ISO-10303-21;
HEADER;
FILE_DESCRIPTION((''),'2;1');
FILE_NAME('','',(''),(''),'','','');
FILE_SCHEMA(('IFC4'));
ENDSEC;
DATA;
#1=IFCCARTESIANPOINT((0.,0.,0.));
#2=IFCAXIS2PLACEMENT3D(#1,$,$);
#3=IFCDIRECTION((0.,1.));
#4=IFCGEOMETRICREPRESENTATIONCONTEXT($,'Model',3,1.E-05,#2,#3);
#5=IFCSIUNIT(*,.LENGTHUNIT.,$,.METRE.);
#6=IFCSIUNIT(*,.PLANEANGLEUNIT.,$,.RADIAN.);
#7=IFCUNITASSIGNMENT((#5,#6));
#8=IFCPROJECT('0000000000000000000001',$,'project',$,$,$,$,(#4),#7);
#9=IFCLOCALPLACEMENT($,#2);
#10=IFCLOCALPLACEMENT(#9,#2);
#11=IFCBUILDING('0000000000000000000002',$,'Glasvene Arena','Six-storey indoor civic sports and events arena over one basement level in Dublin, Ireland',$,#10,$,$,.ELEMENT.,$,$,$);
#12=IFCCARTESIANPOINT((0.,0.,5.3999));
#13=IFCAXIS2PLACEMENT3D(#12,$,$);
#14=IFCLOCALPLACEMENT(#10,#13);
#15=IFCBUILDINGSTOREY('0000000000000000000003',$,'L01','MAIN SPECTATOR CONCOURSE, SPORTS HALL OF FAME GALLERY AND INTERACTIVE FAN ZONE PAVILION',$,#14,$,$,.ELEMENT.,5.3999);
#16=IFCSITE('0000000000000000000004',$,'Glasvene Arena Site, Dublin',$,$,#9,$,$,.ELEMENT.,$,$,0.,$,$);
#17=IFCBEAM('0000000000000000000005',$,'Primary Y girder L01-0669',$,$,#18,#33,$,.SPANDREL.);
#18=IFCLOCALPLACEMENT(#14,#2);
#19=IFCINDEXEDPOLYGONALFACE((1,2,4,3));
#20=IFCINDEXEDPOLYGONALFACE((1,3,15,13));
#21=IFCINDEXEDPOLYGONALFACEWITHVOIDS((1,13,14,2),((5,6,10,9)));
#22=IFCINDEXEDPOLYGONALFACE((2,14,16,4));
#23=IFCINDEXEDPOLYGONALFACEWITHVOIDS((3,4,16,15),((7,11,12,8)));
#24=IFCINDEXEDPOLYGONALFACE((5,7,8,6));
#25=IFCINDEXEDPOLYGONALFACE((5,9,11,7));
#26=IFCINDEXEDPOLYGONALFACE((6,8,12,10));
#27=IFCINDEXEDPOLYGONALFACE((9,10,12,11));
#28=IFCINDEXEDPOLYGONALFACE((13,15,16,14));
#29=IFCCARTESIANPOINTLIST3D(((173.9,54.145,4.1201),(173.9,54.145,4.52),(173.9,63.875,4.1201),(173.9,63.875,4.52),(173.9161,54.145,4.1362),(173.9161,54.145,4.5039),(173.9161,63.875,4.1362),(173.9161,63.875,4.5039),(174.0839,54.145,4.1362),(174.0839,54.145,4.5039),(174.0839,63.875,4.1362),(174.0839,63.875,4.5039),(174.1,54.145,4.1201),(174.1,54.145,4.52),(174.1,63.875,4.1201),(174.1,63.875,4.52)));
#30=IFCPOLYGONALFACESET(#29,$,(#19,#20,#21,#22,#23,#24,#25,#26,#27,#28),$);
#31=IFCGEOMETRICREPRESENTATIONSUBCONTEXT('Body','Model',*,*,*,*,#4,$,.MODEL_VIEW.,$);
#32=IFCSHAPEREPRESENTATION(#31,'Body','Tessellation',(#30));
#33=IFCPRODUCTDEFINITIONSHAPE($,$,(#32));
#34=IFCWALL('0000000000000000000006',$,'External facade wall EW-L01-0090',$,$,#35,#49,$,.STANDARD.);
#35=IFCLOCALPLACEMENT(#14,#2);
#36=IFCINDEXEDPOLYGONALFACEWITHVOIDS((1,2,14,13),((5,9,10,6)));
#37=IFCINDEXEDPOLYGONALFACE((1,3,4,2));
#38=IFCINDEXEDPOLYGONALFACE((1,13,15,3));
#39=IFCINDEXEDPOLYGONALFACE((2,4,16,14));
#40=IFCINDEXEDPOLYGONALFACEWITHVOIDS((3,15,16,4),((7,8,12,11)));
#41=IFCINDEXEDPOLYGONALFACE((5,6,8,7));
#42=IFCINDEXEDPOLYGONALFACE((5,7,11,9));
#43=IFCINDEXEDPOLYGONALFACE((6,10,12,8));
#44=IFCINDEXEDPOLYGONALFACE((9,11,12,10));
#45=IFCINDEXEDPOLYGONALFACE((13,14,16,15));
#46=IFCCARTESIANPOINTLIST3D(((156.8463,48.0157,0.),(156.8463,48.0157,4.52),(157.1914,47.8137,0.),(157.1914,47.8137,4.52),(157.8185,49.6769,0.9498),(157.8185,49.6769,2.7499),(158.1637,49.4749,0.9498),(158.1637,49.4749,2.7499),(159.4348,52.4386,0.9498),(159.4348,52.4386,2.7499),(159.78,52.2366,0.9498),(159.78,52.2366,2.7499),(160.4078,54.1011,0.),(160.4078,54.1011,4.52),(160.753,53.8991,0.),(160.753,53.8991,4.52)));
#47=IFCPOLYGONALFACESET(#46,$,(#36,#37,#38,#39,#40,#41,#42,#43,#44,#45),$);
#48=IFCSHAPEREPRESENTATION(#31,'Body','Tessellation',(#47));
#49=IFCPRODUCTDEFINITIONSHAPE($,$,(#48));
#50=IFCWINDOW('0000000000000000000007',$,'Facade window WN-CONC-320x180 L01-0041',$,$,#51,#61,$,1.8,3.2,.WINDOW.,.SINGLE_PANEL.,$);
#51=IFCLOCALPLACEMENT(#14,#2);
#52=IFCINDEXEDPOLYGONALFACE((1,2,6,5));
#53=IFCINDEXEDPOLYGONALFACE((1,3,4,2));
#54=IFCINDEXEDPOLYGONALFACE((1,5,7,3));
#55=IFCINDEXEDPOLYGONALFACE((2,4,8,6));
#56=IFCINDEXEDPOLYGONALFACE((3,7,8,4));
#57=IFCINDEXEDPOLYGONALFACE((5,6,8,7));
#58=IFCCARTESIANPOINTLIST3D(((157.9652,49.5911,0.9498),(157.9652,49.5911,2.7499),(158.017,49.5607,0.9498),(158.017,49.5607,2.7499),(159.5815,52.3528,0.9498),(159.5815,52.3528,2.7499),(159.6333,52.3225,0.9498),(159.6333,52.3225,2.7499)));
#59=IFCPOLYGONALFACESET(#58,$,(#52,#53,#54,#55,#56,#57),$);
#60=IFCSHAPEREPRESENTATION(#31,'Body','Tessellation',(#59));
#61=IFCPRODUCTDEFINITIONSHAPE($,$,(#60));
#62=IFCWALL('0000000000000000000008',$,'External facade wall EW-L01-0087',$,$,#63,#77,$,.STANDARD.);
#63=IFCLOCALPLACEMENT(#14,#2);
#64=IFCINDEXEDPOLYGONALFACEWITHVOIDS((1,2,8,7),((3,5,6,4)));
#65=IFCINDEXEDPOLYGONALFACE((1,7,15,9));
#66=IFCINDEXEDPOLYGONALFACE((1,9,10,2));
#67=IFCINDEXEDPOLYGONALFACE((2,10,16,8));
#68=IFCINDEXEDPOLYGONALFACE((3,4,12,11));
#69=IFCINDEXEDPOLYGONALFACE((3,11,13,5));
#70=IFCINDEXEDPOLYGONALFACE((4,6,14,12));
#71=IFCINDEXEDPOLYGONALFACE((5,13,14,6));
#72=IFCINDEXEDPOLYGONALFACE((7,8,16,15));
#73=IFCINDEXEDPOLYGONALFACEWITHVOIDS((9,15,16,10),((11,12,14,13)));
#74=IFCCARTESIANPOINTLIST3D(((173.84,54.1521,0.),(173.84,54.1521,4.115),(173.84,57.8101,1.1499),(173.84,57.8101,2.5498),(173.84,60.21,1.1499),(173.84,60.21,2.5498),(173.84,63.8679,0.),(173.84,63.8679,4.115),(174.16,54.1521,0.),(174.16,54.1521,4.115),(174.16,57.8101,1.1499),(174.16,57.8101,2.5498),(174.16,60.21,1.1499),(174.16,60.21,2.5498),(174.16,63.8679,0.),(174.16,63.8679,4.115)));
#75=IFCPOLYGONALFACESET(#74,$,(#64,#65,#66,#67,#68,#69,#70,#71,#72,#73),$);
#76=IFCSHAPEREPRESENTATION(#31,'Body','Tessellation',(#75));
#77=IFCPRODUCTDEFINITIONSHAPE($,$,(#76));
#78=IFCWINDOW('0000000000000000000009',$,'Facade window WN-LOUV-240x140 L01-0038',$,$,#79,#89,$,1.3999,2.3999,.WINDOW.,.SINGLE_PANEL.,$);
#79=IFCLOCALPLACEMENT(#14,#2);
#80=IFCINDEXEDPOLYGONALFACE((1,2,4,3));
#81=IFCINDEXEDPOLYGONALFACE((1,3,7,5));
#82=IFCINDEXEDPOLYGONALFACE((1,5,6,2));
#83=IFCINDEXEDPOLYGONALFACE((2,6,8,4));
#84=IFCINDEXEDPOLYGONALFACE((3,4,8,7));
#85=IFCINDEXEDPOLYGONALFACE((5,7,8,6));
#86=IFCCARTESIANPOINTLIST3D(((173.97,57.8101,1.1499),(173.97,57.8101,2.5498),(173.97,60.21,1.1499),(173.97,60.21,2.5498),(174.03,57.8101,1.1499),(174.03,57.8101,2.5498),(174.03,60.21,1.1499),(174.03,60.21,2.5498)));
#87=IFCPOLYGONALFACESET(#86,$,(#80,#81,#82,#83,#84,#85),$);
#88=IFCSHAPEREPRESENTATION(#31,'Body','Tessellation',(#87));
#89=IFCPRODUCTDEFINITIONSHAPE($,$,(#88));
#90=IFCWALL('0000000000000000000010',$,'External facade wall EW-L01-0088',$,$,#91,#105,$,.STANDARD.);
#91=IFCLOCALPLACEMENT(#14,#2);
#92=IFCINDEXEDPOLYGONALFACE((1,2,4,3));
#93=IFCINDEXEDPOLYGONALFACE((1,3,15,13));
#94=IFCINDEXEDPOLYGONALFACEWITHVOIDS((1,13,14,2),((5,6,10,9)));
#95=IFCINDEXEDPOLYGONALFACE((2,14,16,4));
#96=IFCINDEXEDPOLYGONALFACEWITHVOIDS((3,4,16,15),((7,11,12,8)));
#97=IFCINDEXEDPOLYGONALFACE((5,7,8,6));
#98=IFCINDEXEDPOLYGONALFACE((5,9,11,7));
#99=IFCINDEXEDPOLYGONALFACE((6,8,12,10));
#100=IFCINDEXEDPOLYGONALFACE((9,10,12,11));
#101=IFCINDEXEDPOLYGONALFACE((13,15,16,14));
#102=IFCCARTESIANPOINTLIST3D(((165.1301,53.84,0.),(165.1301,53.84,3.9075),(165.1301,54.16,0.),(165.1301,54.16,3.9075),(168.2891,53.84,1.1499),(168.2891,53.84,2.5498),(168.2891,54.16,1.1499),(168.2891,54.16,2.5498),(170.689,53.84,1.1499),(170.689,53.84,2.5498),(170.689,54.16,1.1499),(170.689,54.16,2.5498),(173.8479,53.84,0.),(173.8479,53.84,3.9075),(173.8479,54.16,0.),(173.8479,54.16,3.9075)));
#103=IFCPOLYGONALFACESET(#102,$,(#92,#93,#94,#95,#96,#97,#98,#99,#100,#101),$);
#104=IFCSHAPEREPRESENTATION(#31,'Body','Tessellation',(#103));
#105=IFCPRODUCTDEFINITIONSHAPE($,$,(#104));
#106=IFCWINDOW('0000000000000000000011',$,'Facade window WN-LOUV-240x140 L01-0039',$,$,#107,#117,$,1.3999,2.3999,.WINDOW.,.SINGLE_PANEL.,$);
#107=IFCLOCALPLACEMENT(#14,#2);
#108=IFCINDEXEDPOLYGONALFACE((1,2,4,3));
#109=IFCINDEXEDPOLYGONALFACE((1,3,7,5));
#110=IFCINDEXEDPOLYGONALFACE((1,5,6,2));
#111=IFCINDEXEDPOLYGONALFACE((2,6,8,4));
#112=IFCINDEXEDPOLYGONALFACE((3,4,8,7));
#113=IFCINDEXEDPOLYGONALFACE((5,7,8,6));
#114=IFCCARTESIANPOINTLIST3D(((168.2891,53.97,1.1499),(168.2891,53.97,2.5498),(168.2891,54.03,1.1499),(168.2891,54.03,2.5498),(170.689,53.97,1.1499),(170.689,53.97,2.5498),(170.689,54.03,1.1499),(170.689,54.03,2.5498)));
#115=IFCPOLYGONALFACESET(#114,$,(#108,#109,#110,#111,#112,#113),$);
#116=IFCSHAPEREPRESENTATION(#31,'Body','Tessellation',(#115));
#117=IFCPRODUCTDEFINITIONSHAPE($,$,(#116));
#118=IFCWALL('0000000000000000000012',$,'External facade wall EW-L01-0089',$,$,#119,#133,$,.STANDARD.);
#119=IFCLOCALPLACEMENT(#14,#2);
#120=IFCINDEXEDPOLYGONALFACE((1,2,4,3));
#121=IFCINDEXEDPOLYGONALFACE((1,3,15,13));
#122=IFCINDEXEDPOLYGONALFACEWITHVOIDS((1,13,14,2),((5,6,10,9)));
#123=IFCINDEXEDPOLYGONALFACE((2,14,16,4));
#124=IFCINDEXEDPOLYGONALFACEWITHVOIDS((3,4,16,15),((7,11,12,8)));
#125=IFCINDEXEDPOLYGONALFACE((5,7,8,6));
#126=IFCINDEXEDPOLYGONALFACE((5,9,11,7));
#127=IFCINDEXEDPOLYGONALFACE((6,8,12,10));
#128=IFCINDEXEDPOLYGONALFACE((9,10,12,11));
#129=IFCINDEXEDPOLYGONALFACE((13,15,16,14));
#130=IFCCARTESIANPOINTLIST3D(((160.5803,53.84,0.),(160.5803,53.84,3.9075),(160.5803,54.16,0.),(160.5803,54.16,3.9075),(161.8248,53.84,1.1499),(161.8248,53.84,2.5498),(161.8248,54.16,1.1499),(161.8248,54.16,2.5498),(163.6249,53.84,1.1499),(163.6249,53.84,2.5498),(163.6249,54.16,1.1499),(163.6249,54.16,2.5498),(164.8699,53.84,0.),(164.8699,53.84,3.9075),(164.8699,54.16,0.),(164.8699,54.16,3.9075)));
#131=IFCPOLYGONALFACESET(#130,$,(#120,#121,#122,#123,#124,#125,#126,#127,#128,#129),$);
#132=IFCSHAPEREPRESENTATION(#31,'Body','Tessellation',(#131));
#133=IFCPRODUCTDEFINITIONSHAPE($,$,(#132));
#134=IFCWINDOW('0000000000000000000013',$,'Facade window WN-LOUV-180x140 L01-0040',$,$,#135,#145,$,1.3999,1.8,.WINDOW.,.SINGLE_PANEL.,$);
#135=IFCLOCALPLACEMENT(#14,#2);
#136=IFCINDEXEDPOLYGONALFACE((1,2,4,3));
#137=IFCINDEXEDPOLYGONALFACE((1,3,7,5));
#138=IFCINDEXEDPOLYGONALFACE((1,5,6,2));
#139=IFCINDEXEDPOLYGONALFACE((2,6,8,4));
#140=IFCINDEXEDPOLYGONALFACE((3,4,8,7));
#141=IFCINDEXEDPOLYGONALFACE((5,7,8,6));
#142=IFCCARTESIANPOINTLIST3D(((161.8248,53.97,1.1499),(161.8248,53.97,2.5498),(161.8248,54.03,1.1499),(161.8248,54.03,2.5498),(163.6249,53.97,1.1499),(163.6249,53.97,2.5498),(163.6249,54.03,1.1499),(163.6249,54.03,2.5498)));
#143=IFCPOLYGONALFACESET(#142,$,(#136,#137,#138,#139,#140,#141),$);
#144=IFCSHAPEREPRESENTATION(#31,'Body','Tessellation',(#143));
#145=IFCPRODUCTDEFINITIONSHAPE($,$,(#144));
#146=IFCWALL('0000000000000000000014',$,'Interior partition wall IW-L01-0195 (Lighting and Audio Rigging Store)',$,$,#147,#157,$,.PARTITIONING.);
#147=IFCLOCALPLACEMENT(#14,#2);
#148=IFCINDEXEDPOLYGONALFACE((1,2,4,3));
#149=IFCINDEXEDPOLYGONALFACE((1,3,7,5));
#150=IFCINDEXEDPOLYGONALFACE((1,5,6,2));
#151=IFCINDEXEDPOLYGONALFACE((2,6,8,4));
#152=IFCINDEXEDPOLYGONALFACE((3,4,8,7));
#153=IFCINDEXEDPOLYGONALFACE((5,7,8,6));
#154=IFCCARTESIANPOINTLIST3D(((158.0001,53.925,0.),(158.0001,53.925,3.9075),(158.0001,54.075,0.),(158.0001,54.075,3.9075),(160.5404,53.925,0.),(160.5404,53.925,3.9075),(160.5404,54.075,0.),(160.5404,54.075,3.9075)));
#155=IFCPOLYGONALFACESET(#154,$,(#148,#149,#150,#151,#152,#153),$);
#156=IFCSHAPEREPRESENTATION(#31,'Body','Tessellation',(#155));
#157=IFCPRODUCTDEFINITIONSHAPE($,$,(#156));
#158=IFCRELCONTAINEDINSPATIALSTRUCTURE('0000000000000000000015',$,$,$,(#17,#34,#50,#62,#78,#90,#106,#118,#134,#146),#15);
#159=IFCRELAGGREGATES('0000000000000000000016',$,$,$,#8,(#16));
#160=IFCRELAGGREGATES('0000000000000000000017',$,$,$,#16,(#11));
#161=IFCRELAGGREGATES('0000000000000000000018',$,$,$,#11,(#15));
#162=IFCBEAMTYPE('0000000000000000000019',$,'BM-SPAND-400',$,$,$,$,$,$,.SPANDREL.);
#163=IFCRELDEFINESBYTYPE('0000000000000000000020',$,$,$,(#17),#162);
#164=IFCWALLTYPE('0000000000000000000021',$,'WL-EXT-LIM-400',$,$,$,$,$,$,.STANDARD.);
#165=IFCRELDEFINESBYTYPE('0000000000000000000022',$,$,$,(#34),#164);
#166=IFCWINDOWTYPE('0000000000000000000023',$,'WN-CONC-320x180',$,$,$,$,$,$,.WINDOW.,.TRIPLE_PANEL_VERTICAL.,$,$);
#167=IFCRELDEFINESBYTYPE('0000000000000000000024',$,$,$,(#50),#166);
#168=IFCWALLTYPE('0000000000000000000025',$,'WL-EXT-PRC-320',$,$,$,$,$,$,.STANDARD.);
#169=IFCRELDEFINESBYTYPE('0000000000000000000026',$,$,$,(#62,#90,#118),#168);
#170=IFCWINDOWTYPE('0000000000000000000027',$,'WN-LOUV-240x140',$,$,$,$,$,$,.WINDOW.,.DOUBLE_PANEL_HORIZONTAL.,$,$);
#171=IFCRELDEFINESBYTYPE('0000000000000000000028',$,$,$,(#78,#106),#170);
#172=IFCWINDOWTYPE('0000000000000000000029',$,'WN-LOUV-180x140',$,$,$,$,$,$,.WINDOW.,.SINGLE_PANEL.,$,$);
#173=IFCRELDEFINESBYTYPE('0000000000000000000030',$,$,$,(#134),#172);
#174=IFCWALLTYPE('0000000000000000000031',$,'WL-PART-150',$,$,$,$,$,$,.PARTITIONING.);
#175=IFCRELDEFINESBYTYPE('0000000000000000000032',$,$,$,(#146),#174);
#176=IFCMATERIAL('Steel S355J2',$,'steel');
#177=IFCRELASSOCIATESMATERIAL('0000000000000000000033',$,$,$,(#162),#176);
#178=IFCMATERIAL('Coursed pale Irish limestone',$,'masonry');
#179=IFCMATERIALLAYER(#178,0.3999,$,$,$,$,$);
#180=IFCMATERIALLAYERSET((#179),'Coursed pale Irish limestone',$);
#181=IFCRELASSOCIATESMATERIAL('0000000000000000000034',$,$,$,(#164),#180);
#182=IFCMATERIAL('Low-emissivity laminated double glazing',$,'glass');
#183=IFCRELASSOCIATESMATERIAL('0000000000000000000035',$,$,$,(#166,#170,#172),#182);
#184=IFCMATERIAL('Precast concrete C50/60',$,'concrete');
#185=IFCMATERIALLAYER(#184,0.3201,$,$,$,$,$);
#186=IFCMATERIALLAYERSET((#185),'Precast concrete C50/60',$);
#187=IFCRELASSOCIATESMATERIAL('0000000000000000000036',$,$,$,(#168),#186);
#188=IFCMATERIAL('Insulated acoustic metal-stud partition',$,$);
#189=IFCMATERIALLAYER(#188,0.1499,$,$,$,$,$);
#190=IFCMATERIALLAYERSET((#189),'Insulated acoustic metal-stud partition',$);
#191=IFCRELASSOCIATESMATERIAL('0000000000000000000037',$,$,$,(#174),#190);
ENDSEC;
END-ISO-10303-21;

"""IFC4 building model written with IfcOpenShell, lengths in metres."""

from ifc_helpers import new_model, si_unit, direction, frame, frame_2d, origin, origin_2d, place, context, subcontext, project, spatial, rectangle, hollow_rectangle, extrude, material, layer, layer_set, material_profile, profile_set, type_object, element, fill, save


model = new_model("IFC4")

# Units and contexts
model_context = context("Model", 3, precision=1e-05, world=origin(), true_north=direction((0.0, 1.0)))
body_context = subcontext(model_context, "Body", "Model", "MODEL_VIEW")
ifc_project = project(units=[si_unit("LENGTHUNIT", "METRE"), si_unit("PLANEANGLEUNIT", "RADIAN")], contexts=[model_context])

# Site, building, storey
site_placement = place(None, origin())
site = spatial("IfcSite", under=ifc_project, at=site_placement, Name="Glasvene Arena Site, Dublin", CompositionType="ELEMENT", RefElevation=0.0)
building_placement = place(site_placement, origin())
building = spatial("IfcBuilding", under=site, at=building_placement, Name="Glasvene Arena", Description="Six-storey indoor civic sports and events arena over one basement level in Dublin, Ireland", CompositionType="ELEMENT")
storey_placement = place(building_placement, frame((0.0, 0.0, 5.3999)))
storey = spatial("IfcBuildingStorey", under=building, at=storey_placement, Name="L01", Description="MAIN SPECTATOR CONCOURSE, SPORTS HALL OF FAME GALLERY AND INTERACTIVE FAN ZONE PAVILION", CompositionType="ELEMENT", Elevation=5.3999)

# Shared definitions
ifc_material_1 = material(Name="Steel S355J2", Category="steel")

# Beam
ifc_material_profile_1 = material_profile(ifc_material_1, hollow_rectangle(XDim=0.2, YDim=0.3999, WallThickness=0.0161, at=origin_2d()), Name="RHS 400x200x16.0")
ifc_profile_set_1 = profile_set([ifc_material_profile_1], Name="Steel S355J2")
beam_type_1 = type_object("IfcBeamType", Name="BM-SPAND-400", PredefinedType="SPANDREL", material=ifc_profile_set_1)
beam_1_placement = place(storey_placement, frame((174.0, 54.145, 4.3201), z_axis=(0.0, 1.0, 0.0), x_axis=(-1.0, 0.0, 0.0)))
element("IfcBeam", 1, at=beam_1_placement, inside=storey, type_object=beam_type_1, Name="Primary Y girder L01-0669", PredefinedType="SPANDREL", context=body_context, shape_type="SweptSolid", body=[
    extrude(hollow_rectangle(XDim=0.2, YDim=0.3999, WallThickness=0.0161, at=origin_2d()), origin(), (0.0, 0.0, 1.0), 9.73),
])

# Walls, openings, windows
ifc_material_2 = material(Name="Coursed pale Irish limestone", Category="masonry")
ifc_layer_1 = layer(ifc_material_2, 0.3999)
ifc_layer_set_1 = layer_set([ifc_layer_1], Name="Coursed pale Irish limestone")
wall_type_1 = type_object("IfcWallType", Name="WL-EXT-LIM-400", PredefinedType="STANDARD", material=ifc_layer_set_1)
wall_1_placement = place(storey_placement, frame((160.5803, 54.0, 0.0), z_axis=(0.0, 0.0, 1.0), x_axis=(-0.505106, -0.863057, 0.0)))
wall_1 = element("IfcWall", 2, at=wall_1_placement, inside=storey, type_object=wall_type_1, Name="External facade wall EW-L01-0090", PredefinedType="STANDARD", context=body_context, shape_type="SweptSolid", body=[
    extrude(rectangle(XDim=7.051, YDim=0.3999, at=frame_2d((3.5254, 0.0))), origin(), (0.0, 0.0, 1.0), 4.52),
])
opening_1_placement = place(wall_1_placement, frame((1.926, 0.0, 0.95)))
opening_1 = element("IfcOpeningElement", 3, at=opening_1_placement, cuts=wall_1, PredefinedType="OPENING", context=body_context, shape_type="SweptSolid", body=[
    extrude(rectangle(XDim=3.2, YDim=1.8, at=frame_2d((1.6001, 0.8999))), frame((0.0, 0.21, 0.0), z_axis=(0.0, -1.0, 0.0), x_axis=(1.0, 0.0, 0.0)), (0.0, 0.0, 1.0), 0.4199),
])
ifc_material_3 = material(Name="Low-emissivity laminated double glazing", Category="glass")
window_type_1 = type_object("IfcWindowType", Name="WN-CONC-320x180", PartitioningType="TRIPLE_PANEL_VERTICAL", PredefinedType="WINDOW", material=ifc_material_3)
window_1_placement = place(opening_1_placement, origin())
window_1 = element("IfcWindow", 4, at=window_1_placement, inside=storey, type_object=window_type_1, Name="Facade window WN-CONC-320x180 L01-0041", OverallHeight=1.8, OverallWidth=3.2, PartitioningType="SINGLE_PANEL", PredefinedType="WINDOW", context=body_context, shape_type="SweptSolid", body=[
    extrude(rectangle(XDim=3.2, YDim=1.8, at=frame_2d((1.6001, 0.8999))), frame((0.0, 0.03, 0.0), z_axis=(0.0, -1.0, 0.0), x_axis=(1.0, 0.0, 0.0)), (0.0, 0.0, 1.0), 0.0601),
])
fill(opening_1, window_1)
ifc_material_4 = material(Name="Precast concrete C50/60", Category="concrete")
ifc_layer_2 = layer(ifc_material_4, 0.3201)
ifc_layer_set_2 = layer_set([ifc_layer_2], Name="Precast concrete C50/60")
wall_type_2 = type_object("IfcWallType", Name="WL-EXT-PRC-320", PredefinedType="STANDARD", material=ifc_layer_set_2)
wall_2_placement = place(storey_placement, frame((174.0, 63.8679, 0.0), z_axis=(0.0, 0.0, 1.0), x_axis=(0.0, -1.0, 0.0)))
wall_2 = element("IfcWall", 5, at=wall_2_placement, inside=storey, type_object=wall_type_2, Name="External facade wall EW-L01-0087", PredefinedType="STANDARD", context=body_context, shape_type="SweptSolid", body=[
    extrude(rectangle(XDim=9.7158, YDim=0.3201, at=frame_2d((4.8579, 0.0))), origin(), (0.0, 0.0, 1.0), 4.115),
])
opening_2_placement = place(wall_2_placement, frame((3.658, 0.0, 1.1499)))
opening_2 = element("IfcOpeningElement", 6, at=opening_2_placement, cuts=wall_2, PredefinedType="OPENING", context=body_context, shape_type="SweptSolid", body=[
    extrude(rectangle(XDim=2.3999, YDim=1.3999, at=frame_2d((1.2, 0.7))), frame((0.0, 0.1699, 0.0), z_axis=(0.0, -1.0, 0.0), x_axis=(1.0, 0.0, 0.0)), (0.0, 0.0, 1.0), 0.3401),
])
window_type_2 = type_object("IfcWindowType", Name="WN-LOUV-240x140", PartitioningType="DOUBLE_PANEL_HORIZONTAL", PredefinedType="WINDOW", material=ifc_material_3)
window_2_placement = place(opening_2_placement, origin())
window_2 = element("IfcWindow", 7, at=window_2_placement, inside=storey, type_object=window_type_2, Name="Facade window WN-LOUV-240x140 L01-0038", OverallHeight=1.3999, OverallWidth=2.3999, PartitioningType="SINGLE_PANEL", PredefinedType="WINDOW", context=body_context, shape_type="SweptSolid", body=[
    extrude(rectangle(XDim=2.3999, YDim=1.3999, at=frame_2d((1.2, 0.7))), frame((0.0, 0.03, 0.0), z_axis=(0.0, -1.0, 0.0), x_axis=(1.0, 0.0, 0.0)), (0.0, 0.0, 1.0), 0.0601),
])
fill(opening_2, window_2)
wall_3_placement = place(storey_placement, frame((173.8479, 54.0, 0.0), z_axis=(0.0, 0.0, 1.0), x_axis=(-1.0, 0.0, 0.0)))
wall_3 = element("IfcWall", 8, at=wall_3_placement, inside=storey, type_object=wall_type_2, Name="External facade wall EW-L01-0088", PredefinedType="STANDARD", context=body_context, shape_type="SweptSolid", body=[
    extrude(rectangle(XDim=8.7178, YDim=0.3201, at=frame_2d((4.3589, 0.0))), origin(), (0.0, 0.0, 1.0), 3.9075),
])
opening_3_placement = place(wall_3_placement, frame((3.1589, 0.0, 1.1499)))
opening_3 = element("IfcOpeningElement", 9, at=opening_3_placement, cuts=wall_3, PredefinedType="OPENING", context=body_context, shape_type="SweptSolid", body=[
    extrude(rectangle(XDim=2.3999, YDim=1.3999, at=frame_2d((1.2, 0.7))), frame((0.0, 0.1699, 0.0), z_axis=(0.0, -1.0, 0.0), x_axis=(1.0, 0.0, 0.0)), (0.0, 0.0, 1.0), 0.3401),
])
window_3_placement = place(opening_3_placement, origin())
window_3 = element("IfcWindow", 10, at=window_3_placement, inside=storey, type_object=window_type_2, Name="Facade window WN-LOUV-240x140 L01-0039", OverallHeight=1.3999, OverallWidth=2.3999, PartitioningType="SINGLE_PANEL", PredefinedType="WINDOW", context=body_context, shape_type="SweptSolid", body=[
    extrude(rectangle(XDim=2.3999, YDim=1.3999, at=frame_2d((1.2, 0.7))), frame((0.0, 0.03, 0.0), z_axis=(0.0, -1.0, 0.0), x_axis=(1.0, 0.0, 0.0)), (0.0, 0.0, 1.0), 0.0601),
])
fill(opening_3, window_3)
wall_4_placement = place(storey_placement, frame((164.8699, 54.0, 0.0), z_axis=(0.0, 0.0, 1.0), x_axis=(-1.0, 0.0, 0.0)))
wall_4 = element("IfcWall", 11, at=wall_4_placement, inside=storey, type_object=wall_type_2, Name="External facade wall EW-L01-0089", PredefinedType="STANDARD", context=body_context, shape_type="SweptSolid", body=[
    extrude(rectangle(XDim=4.2896, YDim=0.3201, at=frame_2d((2.1448, 0.0))), origin(), (0.0, 0.0, 1.0), 3.9075),
])
opening_4_placement = place(wall_4_placement, frame((1.2451, 0.0, 1.1499)))
opening_4 = element("IfcOpeningElement", 12, at=opening_4_placement, cuts=wall_4, PredefinedType="OPENING", context=body_context, shape_type="SweptSolid", body=[
    extrude(rectangle(XDim=1.8, YDim=1.3999, at=frame_2d((0.8999, 0.7))), frame((0.0, 0.1699, 0.0), z_axis=(0.0, -1.0, 0.0), x_axis=(1.0, 0.0, 0.0)), (0.0, 0.0, 1.0), 0.3401),
])
window_type_3 = type_object("IfcWindowType", Name="WN-LOUV-180x140", PartitioningType="SINGLE_PANEL", PredefinedType="WINDOW", material=ifc_material_3)
window_4_placement = place(opening_4_placement, origin())
window_4 = element("IfcWindow", 13, at=window_4_placement, inside=storey, type_object=window_type_3, Name="Facade window WN-LOUV-180x140 L01-0040", OverallHeight=1.3999, OverallWidth=1.8, PartitioningType="SINGLE_PANEL", PredefinedType="WINDOW", context=body_context, shape_type="SweptSolid", body=[
    extrude(rectangle(XDim=1.8, YDim=1.3999, at=frame_2d((0.8999, 0.7))), frame((0.0, 0.03, 0.0), z_axis=(0.0, -1.0, 0.0), x_axis=(1.0, 0.0, 0.0)), (0.0, 0.0, 1.0), 0.0601),
])
fill(opening_4, window_4)

# Wall
ifc_material_5 = material(Name="Insulated acoustic metal-stud partition")
ifc_layer_3 = layer(ifc_material_5, 0.1499)
ifc_layer_set_3 = layer_set([ifc_layer_3], Name="Insulated acoustic metal-stud partition")
wall_type_3 = type_object("IfcWallType", Name="WL-PART-150", PredefinedType="PARTITIONING", material=ifc_layer_set_3)
wall_5_placement = place(storey_placement, frame((160.5403, 54.0, 0.0), z_axis=(0.0, 0.0, 1.0), x_axis=(-1.0, 0.0, 0.0)))
element("IfcWall", 14, at=wall_5_placement, inside=storey, type_object=wall_type_3, Name="Interior partition wall IW-L01-0195 (Lighting and Audio Rigging Store)", PredefinedType="PARTITIONING", context=body_context, shape_type="SweptSolid", body=[
    extrude(rectangle(XDim=2.5403, YDim=0.1499, at=frame_2d((1.27, 0.0))), origin(), (0.0, 0.0, 1.0), 3.9075),
])

save(model, "model.ifc")
